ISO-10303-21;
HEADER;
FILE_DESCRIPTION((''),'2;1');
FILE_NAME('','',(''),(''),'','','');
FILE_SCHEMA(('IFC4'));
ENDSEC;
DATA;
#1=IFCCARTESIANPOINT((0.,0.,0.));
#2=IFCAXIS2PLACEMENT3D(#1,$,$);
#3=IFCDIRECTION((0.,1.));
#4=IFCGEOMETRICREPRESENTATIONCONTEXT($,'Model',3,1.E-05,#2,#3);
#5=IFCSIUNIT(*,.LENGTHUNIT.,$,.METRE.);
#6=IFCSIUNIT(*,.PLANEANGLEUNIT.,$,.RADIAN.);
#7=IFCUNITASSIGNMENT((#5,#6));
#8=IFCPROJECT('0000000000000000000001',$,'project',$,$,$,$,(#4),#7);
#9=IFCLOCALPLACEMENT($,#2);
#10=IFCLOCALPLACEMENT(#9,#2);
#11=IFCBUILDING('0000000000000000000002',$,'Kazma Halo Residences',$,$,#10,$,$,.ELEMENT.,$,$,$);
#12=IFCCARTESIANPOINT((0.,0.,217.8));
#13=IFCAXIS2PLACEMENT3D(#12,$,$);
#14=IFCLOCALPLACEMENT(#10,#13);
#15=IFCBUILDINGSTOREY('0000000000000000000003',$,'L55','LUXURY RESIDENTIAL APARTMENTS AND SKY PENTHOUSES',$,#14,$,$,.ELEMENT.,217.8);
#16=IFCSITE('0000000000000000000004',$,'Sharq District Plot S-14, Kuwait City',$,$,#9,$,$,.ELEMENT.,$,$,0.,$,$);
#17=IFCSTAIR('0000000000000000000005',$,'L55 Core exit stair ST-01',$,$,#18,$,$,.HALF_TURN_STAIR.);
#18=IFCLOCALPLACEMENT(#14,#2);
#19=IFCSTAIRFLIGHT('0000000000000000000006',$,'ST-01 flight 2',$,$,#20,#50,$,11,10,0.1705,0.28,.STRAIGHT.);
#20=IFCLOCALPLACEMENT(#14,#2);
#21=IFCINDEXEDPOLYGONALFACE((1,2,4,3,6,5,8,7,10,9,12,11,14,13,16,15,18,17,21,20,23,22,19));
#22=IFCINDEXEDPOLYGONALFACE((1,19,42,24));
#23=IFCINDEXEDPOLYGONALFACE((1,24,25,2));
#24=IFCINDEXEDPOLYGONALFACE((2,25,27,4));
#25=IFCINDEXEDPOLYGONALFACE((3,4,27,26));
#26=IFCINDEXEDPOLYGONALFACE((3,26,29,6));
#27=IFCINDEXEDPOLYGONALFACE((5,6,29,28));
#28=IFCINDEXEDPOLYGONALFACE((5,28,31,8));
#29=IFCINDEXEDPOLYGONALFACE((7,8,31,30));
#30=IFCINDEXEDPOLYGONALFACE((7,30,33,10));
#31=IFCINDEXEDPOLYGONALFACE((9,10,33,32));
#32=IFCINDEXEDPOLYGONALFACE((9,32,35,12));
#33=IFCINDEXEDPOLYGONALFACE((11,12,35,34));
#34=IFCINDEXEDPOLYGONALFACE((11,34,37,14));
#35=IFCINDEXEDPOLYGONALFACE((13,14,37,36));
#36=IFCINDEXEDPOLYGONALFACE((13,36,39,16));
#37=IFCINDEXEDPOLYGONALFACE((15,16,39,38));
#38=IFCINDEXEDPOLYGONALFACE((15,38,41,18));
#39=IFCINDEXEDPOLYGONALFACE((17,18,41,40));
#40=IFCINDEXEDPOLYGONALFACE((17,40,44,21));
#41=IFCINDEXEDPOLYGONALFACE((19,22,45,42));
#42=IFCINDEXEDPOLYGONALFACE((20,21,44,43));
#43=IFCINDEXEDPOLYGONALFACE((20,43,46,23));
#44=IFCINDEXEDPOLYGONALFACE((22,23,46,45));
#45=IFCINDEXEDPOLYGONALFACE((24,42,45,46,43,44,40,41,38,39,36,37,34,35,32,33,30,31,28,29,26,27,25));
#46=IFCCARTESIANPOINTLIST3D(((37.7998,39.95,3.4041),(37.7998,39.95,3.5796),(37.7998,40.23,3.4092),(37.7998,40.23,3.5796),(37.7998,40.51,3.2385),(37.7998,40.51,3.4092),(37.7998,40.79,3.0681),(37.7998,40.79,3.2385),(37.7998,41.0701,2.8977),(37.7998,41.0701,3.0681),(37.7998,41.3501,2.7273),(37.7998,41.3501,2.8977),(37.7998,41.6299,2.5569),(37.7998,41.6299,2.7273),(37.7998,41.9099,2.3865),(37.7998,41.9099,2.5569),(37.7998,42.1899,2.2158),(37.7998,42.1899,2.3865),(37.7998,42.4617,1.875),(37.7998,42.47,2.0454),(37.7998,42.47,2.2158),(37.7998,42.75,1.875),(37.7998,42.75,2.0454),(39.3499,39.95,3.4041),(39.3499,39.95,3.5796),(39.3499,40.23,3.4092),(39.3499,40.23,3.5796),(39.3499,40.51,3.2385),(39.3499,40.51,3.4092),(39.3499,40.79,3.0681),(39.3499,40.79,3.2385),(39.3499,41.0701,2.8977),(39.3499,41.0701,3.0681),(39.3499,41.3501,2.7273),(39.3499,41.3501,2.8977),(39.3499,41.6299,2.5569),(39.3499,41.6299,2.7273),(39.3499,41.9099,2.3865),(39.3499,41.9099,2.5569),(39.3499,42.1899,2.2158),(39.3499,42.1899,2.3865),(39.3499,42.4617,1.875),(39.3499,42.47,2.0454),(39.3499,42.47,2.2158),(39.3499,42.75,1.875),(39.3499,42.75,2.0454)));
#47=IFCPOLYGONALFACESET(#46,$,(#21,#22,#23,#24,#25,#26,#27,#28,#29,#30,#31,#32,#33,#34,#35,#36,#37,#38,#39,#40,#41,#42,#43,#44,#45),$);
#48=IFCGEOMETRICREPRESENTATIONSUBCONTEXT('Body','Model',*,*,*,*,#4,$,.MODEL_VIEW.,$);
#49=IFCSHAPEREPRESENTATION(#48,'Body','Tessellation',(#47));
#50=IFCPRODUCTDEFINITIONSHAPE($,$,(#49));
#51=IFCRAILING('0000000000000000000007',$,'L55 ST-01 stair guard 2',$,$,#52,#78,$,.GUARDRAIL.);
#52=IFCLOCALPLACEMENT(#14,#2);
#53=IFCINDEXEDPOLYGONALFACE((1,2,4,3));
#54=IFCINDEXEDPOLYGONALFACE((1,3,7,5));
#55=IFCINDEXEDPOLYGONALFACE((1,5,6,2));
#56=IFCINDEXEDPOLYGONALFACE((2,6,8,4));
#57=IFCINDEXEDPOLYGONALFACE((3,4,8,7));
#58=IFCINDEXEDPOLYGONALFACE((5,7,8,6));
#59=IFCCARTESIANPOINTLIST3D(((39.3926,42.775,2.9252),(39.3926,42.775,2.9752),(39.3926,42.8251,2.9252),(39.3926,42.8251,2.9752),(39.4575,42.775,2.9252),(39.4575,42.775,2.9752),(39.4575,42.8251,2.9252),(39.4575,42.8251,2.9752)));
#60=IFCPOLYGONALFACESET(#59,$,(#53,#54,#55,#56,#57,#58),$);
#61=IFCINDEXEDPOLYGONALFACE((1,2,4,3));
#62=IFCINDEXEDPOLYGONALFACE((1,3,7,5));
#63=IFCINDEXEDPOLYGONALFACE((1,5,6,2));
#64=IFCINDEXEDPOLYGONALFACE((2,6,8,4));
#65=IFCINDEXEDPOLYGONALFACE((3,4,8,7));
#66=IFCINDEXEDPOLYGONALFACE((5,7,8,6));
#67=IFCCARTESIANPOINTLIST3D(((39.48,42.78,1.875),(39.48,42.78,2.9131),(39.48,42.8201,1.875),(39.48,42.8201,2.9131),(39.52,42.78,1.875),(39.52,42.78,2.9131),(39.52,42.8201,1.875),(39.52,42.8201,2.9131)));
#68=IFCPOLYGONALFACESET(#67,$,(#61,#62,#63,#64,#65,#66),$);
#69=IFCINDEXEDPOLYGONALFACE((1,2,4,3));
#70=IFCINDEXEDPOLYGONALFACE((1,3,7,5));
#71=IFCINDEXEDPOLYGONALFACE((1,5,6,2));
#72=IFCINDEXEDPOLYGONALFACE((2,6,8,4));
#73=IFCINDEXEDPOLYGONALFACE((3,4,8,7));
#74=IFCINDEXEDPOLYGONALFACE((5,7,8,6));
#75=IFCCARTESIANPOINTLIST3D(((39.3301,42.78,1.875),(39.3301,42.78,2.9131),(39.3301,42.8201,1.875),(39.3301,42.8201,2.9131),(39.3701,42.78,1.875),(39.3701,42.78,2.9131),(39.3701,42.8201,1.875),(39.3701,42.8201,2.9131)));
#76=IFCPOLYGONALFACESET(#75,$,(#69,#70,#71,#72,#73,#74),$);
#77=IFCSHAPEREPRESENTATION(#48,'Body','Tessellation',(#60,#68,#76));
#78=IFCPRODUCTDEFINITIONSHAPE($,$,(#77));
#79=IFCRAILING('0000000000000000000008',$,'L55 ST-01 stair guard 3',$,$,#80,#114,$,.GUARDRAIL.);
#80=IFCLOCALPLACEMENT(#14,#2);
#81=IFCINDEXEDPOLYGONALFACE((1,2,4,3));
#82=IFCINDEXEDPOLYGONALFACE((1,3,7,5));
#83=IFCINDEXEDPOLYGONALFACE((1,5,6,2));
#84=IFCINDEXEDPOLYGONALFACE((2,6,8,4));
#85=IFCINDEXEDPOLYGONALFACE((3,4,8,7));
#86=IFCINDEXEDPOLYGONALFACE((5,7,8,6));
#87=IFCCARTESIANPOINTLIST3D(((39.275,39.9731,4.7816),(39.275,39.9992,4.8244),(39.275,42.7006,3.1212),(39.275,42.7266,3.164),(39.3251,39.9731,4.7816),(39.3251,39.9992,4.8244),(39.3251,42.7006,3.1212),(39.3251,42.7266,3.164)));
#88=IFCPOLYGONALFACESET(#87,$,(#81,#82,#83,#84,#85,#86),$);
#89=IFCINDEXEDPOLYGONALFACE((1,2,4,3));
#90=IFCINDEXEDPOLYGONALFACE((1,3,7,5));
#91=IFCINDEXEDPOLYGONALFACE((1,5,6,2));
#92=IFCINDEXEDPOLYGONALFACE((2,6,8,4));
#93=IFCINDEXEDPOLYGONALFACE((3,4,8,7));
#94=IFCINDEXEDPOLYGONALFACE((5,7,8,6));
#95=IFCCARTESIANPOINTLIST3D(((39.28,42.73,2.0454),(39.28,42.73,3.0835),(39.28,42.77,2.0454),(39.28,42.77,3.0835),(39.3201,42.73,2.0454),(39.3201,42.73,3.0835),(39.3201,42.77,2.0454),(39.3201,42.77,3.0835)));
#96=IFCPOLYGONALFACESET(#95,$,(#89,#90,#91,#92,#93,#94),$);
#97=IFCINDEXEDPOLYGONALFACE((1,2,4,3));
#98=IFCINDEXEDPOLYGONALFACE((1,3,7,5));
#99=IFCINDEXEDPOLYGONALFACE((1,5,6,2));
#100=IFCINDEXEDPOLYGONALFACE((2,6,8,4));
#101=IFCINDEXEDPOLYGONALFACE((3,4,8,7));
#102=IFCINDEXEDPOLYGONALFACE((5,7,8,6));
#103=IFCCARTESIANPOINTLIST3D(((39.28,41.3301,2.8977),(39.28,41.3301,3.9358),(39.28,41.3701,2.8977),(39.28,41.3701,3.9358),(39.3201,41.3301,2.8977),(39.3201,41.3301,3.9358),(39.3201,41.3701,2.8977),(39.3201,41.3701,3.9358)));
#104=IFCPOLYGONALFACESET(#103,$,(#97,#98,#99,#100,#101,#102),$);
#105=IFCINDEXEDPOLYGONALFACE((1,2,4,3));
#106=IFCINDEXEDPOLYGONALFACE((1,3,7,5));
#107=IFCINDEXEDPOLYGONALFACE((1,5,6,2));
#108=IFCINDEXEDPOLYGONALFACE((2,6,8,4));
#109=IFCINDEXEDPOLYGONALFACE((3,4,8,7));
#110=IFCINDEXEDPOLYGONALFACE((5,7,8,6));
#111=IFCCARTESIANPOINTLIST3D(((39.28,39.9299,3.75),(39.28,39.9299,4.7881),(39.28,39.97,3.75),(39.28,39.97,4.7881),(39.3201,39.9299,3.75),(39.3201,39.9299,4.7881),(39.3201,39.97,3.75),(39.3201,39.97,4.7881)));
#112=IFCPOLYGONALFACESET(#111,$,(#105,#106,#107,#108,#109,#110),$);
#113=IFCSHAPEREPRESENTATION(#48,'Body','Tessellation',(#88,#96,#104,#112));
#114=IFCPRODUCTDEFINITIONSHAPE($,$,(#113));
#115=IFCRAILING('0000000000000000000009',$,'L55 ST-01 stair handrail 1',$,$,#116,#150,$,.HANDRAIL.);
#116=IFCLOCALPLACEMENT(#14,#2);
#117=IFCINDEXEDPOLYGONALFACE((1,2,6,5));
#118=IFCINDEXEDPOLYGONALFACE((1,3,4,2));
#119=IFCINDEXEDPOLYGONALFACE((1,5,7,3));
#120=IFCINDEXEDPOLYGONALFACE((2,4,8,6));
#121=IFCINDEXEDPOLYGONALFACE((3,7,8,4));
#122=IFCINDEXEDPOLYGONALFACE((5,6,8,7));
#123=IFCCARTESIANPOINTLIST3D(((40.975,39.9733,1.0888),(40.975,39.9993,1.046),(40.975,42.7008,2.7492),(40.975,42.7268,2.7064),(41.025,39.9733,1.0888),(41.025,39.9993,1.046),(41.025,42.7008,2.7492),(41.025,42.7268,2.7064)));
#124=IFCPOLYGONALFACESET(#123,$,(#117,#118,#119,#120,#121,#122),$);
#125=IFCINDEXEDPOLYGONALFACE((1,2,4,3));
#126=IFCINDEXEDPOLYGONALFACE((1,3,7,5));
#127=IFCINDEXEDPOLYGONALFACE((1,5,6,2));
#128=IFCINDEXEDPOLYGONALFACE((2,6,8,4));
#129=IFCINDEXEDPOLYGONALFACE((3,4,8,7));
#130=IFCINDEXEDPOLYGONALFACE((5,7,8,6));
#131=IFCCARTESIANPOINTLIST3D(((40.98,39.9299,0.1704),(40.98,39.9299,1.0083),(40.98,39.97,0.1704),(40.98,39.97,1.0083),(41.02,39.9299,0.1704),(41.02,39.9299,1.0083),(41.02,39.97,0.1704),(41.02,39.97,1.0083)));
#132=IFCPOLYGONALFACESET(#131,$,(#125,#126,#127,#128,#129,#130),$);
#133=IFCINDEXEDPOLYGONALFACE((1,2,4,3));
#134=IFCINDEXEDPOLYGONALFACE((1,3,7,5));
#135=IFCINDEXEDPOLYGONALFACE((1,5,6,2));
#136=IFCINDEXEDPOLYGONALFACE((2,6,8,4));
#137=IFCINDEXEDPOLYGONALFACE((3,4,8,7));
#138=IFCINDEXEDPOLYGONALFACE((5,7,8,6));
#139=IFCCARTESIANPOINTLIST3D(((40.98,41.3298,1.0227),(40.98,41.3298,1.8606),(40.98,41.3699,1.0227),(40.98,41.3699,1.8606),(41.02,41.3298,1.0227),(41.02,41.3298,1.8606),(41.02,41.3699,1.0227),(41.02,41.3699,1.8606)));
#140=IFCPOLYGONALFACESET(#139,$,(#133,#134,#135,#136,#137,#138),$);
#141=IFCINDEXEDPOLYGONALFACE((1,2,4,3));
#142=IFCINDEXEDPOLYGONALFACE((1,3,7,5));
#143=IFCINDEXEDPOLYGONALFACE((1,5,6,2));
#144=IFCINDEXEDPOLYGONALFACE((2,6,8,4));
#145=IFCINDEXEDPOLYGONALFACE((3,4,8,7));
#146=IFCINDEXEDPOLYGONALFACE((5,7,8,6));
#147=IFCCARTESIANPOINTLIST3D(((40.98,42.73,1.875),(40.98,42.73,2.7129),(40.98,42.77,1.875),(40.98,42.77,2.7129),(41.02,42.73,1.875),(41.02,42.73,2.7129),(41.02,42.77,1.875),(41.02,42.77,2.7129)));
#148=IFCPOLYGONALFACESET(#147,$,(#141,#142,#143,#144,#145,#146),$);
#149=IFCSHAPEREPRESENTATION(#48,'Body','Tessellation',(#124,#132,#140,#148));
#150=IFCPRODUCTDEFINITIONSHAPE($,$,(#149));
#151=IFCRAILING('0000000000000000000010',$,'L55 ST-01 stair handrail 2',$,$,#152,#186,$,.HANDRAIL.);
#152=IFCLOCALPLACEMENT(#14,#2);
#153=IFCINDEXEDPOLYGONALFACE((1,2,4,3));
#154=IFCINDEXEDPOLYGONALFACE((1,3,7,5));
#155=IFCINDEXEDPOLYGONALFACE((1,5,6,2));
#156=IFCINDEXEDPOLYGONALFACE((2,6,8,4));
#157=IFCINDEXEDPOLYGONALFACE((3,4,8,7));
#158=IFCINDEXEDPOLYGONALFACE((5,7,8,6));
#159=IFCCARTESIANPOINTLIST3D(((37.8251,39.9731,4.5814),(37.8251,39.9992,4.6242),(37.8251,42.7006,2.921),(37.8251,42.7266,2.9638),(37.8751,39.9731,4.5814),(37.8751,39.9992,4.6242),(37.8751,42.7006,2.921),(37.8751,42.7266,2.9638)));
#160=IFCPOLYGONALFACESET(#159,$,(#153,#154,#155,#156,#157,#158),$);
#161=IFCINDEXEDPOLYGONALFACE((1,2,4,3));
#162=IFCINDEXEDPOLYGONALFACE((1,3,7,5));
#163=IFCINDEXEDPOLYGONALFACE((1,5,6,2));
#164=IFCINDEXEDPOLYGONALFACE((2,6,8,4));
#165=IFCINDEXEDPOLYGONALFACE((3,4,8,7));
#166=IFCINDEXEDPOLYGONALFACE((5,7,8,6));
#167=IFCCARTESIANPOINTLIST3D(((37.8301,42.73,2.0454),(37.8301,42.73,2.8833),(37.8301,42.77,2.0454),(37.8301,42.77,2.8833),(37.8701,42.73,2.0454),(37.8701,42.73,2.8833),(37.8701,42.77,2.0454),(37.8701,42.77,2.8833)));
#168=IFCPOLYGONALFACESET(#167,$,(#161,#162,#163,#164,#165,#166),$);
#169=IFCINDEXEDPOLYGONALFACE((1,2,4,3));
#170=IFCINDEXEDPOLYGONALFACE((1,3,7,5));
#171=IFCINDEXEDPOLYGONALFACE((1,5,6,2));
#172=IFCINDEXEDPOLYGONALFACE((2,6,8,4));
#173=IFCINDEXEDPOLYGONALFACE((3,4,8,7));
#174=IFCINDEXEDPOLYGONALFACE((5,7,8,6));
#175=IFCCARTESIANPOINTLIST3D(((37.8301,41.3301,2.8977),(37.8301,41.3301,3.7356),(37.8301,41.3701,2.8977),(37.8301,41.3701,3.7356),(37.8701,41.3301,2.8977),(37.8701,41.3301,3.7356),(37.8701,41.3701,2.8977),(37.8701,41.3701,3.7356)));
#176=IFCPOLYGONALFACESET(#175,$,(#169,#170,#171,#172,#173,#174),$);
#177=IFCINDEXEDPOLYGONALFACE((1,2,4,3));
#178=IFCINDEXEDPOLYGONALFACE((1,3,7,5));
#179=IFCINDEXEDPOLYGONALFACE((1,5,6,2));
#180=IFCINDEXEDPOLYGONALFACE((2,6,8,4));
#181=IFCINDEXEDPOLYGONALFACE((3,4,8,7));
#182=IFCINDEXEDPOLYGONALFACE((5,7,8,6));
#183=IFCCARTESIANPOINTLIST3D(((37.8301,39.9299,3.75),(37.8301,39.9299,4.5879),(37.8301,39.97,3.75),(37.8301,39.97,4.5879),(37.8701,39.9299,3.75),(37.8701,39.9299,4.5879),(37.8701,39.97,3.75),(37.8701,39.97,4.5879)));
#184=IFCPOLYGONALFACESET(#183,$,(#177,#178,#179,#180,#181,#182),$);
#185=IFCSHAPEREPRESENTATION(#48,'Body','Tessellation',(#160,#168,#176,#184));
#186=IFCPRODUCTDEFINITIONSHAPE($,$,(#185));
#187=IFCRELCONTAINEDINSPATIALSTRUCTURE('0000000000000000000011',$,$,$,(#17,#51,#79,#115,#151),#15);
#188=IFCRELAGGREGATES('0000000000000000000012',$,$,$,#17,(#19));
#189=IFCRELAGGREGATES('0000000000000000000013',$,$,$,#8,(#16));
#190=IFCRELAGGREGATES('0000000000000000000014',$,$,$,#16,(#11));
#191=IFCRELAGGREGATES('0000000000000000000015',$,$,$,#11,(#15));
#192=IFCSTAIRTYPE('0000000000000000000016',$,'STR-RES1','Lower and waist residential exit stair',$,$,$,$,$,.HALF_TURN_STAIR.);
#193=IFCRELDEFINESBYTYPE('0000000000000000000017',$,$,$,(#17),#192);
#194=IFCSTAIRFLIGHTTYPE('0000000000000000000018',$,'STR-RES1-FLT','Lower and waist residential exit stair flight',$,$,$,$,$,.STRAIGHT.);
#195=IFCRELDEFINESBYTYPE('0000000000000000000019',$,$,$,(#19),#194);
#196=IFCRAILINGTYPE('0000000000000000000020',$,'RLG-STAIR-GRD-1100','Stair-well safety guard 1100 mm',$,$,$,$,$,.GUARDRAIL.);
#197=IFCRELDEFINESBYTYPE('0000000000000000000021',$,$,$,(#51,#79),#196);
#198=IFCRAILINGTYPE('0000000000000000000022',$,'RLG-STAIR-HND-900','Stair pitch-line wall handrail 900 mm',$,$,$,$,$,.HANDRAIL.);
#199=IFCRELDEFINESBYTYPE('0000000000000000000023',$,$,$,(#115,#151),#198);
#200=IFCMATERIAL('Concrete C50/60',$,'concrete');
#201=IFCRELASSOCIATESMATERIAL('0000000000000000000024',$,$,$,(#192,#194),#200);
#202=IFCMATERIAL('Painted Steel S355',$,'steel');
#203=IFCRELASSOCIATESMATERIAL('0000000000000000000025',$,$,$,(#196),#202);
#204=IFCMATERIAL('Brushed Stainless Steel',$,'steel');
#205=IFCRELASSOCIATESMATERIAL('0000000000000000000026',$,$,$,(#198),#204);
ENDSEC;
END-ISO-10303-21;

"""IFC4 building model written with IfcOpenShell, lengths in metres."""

from ifc_helpers import new_model, si_unit, direction, frame, origin, origin_2d, place, context, subcontext, project, spatial, polyline, rectangle, outline, extrude, material, type_object, element, aggregate, save


model = new_model("IFC4")

# Units and contexts
model_context = context("Model", 3, precision=1e-05, world=origin(), true_north=direction((0.0, 1.0)))
body_context = subcontext(model_context, "Body", "Model", "MODEL_VIEW")
ifc_project = project(units=[si_unit("LENGTHUNIT", "METRE"), si_unit("PLANEANGLEUNIT", "RADIAN")], contexts=[model_context])

# Site, building, storey
site_placement = place(None, origin())
site = spatial("IfcSite", under=ifc_project, at=site_placement, Name="Sharq District Plot S-14, Kuwait City", CompositionType="ELEMENT", RefElevation=0.0)
building_placement = place(site_placement, origin())
building = spatial("IfcBuilding", under=site, at=building_placement, Name="Kazma Halo Residences", CompositionType="ELEMENT")
storey_placement = place(building_placement, frame((0.0, 0.0, 217.8)))
storey = spatial("IfcBuildingStorey", under=building, at=storey_placement, Name="L55", Description="LUXURY RESIDENTIAL APARTMENTS AND SKY PENTHOUSES", CompositionType="ELEMENT", Elevation=217.8)

# Stair, stair flight
ifc_material_1 = material(Name="Concrete C50/60", Category="concrete")
stair_type = type_object("IfcStairType", Name="STR-RES1", Description="Lower and waist residential exit stair", PredefinedType="HALF_TURN_STAIR", material=ifc_material_1)
stair_placement = place(storey_placement, origin())
stair = element("IfcStair", 1, at=stair_placement, inside=storey, type_object=stair_type, Name="L55 Core exit stair ST-01", PredefinedType="HALF_TURN_STAIR")
stair_flight_type = type_object("IfcStairFlightType", Name="STR-RES1-FLT", Description="Lower and waist residential exit stair flight", PredefinedType="STRAIGHT", material=ifc_material_1)
stair_flight_placement = place(storey_placement, frame((38.575, 42.75, 1.875), z_axis=(0.0, 0.0, 1.0), x_axis=(0.0, -1.0, 0.0)))
stair_flight = element("IfcStairFlight", 2, at=stair_flight_placement, type_object=stair_flight_type, Name="ST-01 flight 2", NumberOfRisers=11, NumberOfTreads=10, PredefinedType="STRAIGHT", RiserHeight=0.1705, TreadLength=0.28, context=body_context, shape_type="SweptSolid", body=[
    extrude(outline(polyline([(0.0, 0.0), (0.0, 0.1704), (0.28, 0.1704), (0.28, 0.3408), (0.5601, 0.3408), (0.5601, 0.5115), (0.8401, 0.5115), (0.8401, 0.6819), (1.1201, 0.6819), (1.1201, 0.8523), (1.3999, 0.8523), (1.3999, 1.0227), (1.6799, 1.0227), (1.6799, 1.1931), (1.96, 1.1931), (1.96, 1.3635), (2.24, 1.3635), (2.24, 1.5342), (2.52, 1.5342), (2.52, 1.7046), (2.8, 1.7046), (2.8, 1.875), (2.8, 1.5291), (0.2883, 0.0), (0.0, 0.0)])), frame((0.0, 0.7749, 0.0), z_axis=(0.0, -1.0, 0.0), x_axis=(1.0, 0.0, 0.0)), (0.0, 0.0, 1.0), 1.55),
])
aggregate(stair, [stair_flight])

# Railings
ifc_material_2 = material(Name="Painted Steel S355", Category="steel")
railing_type_1 = type_object("IfcRailingType", Name="RLG-STAIR-GRD-1100", Description="Stair-well safety guard 1100 mm", PredefinedType="GUARDRAIL", material=ifc_material_2)
railing_1_placement = place(storey_placement, frame((39.5, 42.8, 1.875)))
element("IfcRailing", 3, at=railing_1_placement, inside=storey, type_object=railing_type_1, Name="L55 ST-01 stair guard 2", PredefinedType="GUARDRAIL", context=body_context, shape_type="SweptSolid", body=[
    extrude(rectangle(XDim=0.05, YDim=0.05, at=origin_2d()), frame((-0.0425, 0.0, 1.0752), z_axis=(-1.0, 0.0, 0.0), x_axis=(0.0, -1.0, 0.0)), (0.0, 0.0, 1.0), 0.0649),
    extrude(rectangle(XDim=0.04, YDim=0.04, at=origin_2d()), origin(), (0.0, 0.0, 1.0), 1.0381),
    extrude(rectangle(XDim=0.04, YDim=0.04, at=origin_2d()), frame((-0.1499, 0.0, 0.0)), (0.0, 0.0, 1.0), 1.0381),
])
railing_2_placement = place(storey_placement, frame((39.3, 42.75, 2.0454)))
element("IfcRailing", 4, at=railing_2_placement, inside=storey, type_object=railing_type_1, Name="L55 ST-01 stair guard 3", PredefinedType="GUARDRAIL", context=body_context, shape_type="SweptSolid", body=[
    extrude(rectangle(XDim=0.05, YDim=0.05, at=origin_2d()), frame((0.0, -0.0364, 1.0972), z_axis=(0.0, -0.85417, 0.519994), x_axis=(1.0, 0.0, 0.0)), (0.0, 0.0, 1.0), 3.1931),
    extrude(rectangle(XDim=0.04, YDim=0.04, at=origin_2d()), origin(), (0.0, 0.0, 1.0), 1.0381),
    extrude(rectangle(XDim=0.04, YDim=0.04, at=origin_2d()), frame((0.0, -1.3999, 0.8523)), (0.0, 0.0, 1.0), 1.0381),
    extrude(rectangle(XDim=0.04, YDim=0.04, at=origin_2d()), frame((0.0, -2.8, 1.7046)), (0.0, 0.0, 1.0), 1.0381),
])
ifc_material_3 = material(Name="Brushed Stainless Steel", Category="steel")
railing_type_2 = type_object("IfcRailingType", Name="RLG-STAIR-HND-900", Description="Stair pitch-line wall handrail 900 mm", PredefinedType="HANDRAIL", material=ifc_material_3)
railing_3_placement = place(storey_placement, frame((41.0, 39.95, 0.1704)))
element("IfcRailing", 5, at=railing_3_placement, inside=storey, type_object=railing_type_2, Name="L55 ST-01 stair handrail 1", PredefinedType="HANDRAIL", context=body_context, shape_type="SweptSolid", body=[
    extrude(rectangle(XDim=0.05, YDim=0.05, at=origin_2d()), frame((0.0, 0.0364, 0.897), z_axis=(0.0, 0.85417, 0.519994), x_axis=(-1.0, 0.0, 0.0)), (0.0, 0.0, 1.0), 3.1931),
    extrude(rectangle(XDim=0.04, YDim=0.04, at=origin_2d()), origin(), (0.0, 0.0, 1.0), 0.8379),
    extrude(rectangle(XDim=0.04, YDim=0.04, at=origin_2d()), frame((0.0, 1.3999, 0.8523)), (0.0, 0.0, 1.0), 0.8379),
    extrude(rectangle(XDim=0.04, YDim=0.04, at=origin_2d()), frame((0.0, 2.8, 1.7046)), (0.0, 0.0, 1.0), 0.8379),
])
railing_4_placement = place(storey_placement, frame((37.8501, 42.75, 2.0454)))
element("IfcRailing", 6, at=railing_4_placement, inside=storey, type_object=railing_type_2, Name="L55 ST-01 stair handrail 2", PredefinedType="HANDRAIL", context=body_context, shape_type="SweptSolid", body=[
    extrude(rectangle(XDim=0.05, YDim=0.05, at=origin_2d()), frame((0.0, -0.0364, 0.897), z_axis=(0.0, -0.85417, 0.519994), x_axis=(1.0, 0.0, 0.0)), (0.0, 0.0, 1.0), 3.1931),
    extrude(rectangle(XDim=0.04, YDim=0.04, at=origin_2d()), origin(), (0.0, 0.0, 1.0), 0.8379),
    extrude(rectangle(XDim=0.04, YDim=0.04, at=origin_2d()), frame((0.0, -1.3999, 0.8523)), (0.0, 0.0, 1.0), 0.8379),
    extrude(rectangle(XDim=0.04, YDim=0.04, at=origin_2d()), frame((0.0, -2.8, 1.7046)), (0.0, 0.0, 1.0), 0.8379),
])

save(model, "model.ifc")
